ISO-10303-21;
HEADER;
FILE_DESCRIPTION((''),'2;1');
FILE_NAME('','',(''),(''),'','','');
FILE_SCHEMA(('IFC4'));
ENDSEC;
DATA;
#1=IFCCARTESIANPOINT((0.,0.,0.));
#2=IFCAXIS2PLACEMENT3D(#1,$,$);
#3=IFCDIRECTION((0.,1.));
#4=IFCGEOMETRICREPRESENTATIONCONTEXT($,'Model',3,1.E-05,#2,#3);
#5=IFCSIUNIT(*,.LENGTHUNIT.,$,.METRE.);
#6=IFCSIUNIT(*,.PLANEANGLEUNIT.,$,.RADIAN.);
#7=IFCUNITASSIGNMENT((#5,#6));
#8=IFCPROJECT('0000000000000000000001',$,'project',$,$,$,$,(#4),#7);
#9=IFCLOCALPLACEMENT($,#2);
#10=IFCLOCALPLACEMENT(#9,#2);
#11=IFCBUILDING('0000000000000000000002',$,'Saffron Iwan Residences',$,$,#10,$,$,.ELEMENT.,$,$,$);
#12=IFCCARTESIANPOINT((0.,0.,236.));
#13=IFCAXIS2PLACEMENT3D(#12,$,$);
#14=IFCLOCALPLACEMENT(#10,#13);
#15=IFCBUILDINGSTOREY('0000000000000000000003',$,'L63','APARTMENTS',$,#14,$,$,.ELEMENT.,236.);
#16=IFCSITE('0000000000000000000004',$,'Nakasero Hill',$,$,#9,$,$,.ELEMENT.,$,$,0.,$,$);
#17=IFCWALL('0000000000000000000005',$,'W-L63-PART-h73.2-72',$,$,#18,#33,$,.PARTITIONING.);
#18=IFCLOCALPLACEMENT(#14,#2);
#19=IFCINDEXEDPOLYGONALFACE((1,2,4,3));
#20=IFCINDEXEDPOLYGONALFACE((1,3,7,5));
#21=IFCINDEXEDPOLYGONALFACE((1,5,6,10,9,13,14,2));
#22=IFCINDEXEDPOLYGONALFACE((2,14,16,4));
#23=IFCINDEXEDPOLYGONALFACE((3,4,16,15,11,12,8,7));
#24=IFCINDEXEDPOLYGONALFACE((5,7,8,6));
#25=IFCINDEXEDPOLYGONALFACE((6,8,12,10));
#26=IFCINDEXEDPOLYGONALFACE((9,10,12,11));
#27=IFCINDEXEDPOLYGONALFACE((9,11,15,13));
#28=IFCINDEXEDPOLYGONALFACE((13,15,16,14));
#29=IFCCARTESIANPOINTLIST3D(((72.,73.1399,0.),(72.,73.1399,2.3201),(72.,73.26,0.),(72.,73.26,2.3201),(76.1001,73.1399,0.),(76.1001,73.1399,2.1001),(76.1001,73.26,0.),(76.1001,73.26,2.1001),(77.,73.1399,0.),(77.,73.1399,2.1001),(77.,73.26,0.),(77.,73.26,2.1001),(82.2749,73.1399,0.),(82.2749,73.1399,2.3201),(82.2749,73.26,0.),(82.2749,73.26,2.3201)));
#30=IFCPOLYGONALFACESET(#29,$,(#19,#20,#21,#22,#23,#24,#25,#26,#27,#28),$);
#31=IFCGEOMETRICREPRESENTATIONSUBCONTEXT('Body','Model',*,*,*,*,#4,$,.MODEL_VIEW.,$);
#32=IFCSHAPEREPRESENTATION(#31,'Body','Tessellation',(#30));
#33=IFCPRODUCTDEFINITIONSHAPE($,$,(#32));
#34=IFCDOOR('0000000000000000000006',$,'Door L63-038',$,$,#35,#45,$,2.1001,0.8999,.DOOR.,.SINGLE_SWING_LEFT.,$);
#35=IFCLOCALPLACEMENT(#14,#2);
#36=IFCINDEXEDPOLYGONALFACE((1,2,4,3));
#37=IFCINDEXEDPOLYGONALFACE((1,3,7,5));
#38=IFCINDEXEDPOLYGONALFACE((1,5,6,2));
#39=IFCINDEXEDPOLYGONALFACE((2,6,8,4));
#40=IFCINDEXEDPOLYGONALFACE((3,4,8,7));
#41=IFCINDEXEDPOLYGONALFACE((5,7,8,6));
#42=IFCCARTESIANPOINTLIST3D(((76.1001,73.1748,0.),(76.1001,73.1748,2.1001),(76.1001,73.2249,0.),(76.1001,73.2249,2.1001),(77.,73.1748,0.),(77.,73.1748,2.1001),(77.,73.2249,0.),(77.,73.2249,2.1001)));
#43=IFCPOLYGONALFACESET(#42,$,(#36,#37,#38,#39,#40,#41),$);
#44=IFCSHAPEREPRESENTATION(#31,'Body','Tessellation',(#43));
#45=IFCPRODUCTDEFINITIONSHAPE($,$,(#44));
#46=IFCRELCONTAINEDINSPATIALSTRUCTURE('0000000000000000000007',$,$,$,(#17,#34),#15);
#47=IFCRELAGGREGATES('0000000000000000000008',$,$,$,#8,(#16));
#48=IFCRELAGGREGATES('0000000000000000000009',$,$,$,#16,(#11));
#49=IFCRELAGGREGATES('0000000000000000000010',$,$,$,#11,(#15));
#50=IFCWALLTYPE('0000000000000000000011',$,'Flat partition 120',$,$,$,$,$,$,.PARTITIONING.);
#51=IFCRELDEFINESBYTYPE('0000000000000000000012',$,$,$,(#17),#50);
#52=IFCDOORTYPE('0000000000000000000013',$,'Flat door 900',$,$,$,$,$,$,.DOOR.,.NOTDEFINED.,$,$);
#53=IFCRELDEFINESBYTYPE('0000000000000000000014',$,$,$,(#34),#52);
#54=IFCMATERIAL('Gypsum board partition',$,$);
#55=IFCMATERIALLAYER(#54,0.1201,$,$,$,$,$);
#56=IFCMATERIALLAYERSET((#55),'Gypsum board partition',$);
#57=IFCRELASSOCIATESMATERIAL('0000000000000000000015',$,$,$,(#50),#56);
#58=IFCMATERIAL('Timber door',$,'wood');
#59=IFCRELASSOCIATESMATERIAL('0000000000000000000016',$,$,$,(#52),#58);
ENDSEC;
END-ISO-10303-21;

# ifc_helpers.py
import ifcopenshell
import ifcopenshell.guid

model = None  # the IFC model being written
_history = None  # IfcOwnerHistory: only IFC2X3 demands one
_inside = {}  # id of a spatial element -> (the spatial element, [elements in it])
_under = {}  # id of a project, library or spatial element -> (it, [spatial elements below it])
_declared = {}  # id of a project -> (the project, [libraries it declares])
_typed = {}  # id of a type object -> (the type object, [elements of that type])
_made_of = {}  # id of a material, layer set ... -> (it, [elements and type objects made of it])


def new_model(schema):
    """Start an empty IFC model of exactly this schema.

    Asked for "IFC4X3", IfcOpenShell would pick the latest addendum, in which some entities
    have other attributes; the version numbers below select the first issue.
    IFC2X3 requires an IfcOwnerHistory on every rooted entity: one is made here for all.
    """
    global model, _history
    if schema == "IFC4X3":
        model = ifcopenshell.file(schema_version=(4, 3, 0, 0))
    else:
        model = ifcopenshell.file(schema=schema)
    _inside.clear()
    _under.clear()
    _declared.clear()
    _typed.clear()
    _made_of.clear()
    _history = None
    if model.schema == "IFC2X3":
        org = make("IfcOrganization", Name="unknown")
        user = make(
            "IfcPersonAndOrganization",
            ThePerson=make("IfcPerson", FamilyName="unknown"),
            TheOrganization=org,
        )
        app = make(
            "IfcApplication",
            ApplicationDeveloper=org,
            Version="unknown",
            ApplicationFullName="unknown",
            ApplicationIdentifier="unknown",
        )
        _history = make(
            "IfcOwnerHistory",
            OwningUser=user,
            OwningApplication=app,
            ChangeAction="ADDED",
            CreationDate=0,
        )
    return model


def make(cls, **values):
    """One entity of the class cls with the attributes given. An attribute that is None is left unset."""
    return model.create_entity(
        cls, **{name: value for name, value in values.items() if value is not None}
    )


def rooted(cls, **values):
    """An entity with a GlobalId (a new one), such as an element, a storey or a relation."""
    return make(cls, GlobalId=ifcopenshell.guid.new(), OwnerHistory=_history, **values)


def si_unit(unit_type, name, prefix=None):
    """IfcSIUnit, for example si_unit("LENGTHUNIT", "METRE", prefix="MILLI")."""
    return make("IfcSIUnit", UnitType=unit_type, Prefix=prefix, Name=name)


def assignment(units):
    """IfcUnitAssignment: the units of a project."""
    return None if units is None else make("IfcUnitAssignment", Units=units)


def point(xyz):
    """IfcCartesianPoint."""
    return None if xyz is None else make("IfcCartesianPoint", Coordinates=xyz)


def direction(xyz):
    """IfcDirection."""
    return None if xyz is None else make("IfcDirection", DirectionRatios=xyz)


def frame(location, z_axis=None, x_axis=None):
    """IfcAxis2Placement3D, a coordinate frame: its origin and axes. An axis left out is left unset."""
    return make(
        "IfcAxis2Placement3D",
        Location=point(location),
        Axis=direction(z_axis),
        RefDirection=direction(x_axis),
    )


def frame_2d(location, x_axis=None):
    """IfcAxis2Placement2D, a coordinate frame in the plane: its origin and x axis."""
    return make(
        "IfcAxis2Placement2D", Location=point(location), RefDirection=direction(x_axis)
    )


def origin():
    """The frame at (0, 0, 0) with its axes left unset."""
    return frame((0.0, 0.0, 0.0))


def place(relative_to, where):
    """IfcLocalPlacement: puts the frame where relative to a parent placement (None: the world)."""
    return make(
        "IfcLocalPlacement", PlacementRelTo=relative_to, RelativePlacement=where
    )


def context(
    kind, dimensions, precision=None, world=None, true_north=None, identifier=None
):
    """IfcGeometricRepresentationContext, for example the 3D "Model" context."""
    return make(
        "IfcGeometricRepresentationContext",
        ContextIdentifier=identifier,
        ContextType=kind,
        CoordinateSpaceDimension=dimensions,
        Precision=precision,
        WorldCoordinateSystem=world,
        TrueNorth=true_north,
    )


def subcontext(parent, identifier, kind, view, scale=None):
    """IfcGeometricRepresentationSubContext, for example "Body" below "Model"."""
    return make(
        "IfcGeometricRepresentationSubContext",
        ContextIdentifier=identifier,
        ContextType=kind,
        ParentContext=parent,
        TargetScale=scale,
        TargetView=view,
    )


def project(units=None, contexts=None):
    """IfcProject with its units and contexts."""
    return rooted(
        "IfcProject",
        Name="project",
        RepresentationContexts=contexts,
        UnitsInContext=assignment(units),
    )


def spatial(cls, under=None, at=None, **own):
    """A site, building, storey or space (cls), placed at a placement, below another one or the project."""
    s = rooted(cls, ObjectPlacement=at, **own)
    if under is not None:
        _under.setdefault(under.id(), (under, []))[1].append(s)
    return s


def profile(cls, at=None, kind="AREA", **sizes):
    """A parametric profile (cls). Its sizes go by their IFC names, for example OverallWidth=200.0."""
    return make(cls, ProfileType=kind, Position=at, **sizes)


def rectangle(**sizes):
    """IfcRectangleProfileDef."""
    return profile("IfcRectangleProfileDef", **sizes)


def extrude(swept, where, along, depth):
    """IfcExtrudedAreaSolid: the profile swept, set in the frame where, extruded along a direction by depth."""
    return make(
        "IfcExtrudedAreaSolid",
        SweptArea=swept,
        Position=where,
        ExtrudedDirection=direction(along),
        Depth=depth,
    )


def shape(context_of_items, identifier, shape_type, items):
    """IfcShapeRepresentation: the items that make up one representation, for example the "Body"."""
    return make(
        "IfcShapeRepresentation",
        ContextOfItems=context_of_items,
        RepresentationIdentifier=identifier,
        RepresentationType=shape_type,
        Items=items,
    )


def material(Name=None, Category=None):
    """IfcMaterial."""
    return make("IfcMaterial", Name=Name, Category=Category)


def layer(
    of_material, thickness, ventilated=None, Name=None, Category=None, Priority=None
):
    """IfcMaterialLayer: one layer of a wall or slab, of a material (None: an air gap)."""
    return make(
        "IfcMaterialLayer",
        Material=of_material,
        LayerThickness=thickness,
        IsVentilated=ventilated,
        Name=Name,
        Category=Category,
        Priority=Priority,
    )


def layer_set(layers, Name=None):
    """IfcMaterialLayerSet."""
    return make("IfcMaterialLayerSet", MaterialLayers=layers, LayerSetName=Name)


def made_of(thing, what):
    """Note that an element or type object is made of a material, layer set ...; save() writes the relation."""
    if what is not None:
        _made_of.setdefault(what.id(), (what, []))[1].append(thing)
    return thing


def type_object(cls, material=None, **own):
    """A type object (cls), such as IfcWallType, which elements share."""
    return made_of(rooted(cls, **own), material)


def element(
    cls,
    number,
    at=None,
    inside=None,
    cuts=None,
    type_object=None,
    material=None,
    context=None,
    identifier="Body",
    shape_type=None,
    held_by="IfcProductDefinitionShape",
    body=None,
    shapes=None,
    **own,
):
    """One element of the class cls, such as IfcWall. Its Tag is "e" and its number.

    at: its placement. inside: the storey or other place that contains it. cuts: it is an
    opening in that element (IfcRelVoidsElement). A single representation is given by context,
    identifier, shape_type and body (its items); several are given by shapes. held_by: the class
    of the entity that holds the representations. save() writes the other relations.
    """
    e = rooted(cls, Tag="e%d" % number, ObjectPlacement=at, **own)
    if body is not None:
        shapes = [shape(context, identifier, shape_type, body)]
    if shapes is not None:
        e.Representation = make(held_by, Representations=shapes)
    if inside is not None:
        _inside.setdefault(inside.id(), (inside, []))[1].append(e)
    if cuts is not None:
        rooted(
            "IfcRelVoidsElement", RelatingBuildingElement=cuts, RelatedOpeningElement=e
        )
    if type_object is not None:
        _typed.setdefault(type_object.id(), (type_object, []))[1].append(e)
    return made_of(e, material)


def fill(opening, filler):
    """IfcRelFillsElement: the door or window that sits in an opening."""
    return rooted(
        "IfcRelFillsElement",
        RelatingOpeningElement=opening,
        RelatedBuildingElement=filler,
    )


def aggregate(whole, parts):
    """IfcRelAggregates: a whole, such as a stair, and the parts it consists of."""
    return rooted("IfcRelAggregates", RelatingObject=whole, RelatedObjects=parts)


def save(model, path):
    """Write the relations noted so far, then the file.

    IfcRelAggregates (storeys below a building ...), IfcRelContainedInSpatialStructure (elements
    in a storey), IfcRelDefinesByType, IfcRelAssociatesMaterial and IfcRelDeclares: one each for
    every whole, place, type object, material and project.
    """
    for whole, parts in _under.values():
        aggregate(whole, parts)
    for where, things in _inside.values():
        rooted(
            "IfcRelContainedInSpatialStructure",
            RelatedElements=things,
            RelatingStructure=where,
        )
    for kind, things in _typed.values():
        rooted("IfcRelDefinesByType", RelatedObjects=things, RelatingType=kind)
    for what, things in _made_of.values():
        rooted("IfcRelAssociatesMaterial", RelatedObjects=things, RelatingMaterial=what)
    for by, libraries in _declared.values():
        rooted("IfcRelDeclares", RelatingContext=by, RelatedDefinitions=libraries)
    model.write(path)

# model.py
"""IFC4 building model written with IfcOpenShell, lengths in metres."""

from ifc_helpers import new_model, si_unit, direction, frame, frame_2d, origin, place, context, subcontext, project, spatial, rectangle, extrude, material, layer, layer_set, type_object, element, fill, save


model = new_model("IFC4")

# Units and contexts
model_context = context("Model", 3, precision=1e-05, world=origin(), true_north=direction((0.0, 1.0)))
body_context = subcontext(model_context, "Body", "Model", "MODEL_VIEW")
ifc_project = project(units=[si_unit("LENGTHUNIT", "METRE"), si_unit("PLANEANGLEUNIT", "RADIAN")], contexts=[model_context])

# Site, building, storey
site_placement = place(None, origin())
site = spatial("IfcSite", under=ifc_project, at=site_placement, Name="Nakasero Hill", CompositionType="ELEMENT", RefElevation=0.0)
building_placement = place(site_placement, origin())
building = spatial("IfcBuilding", under=site, at=building_placement, Name="Saffron Iwan Residences", CompositionType="ELEMENT")
storey_placement = place(building_placement, frame((0.0, 0.0, 236.0)))
storey = spatial("IfcBuildingStorey", under=building, at=storey_placement, Name="L63", Description="APARTMENTS", CompositionType="ELEMENT", Elevation=236.0)

# Wall, opening, door
ifc_material_1 = material(Name="Gypsum board partition")
ifc_layer_1 = layer(ifc_material_1, 0.1201)
ifc_layer_set_1 = layer_set([ifc_layer_1], Name="Gypsum board partition")
wall_type_1 = type_object("IfcWallType", Name="Flat partition 120", PredefinedType="PARTITIONING", material=ifc_layer_set_1)
wall_1_placement = place(storey_placement, frame((72.0, 73.2, 0.0), z_axis=(0.0, 0.0, 1.0), x_axis=(1.0, 0.0, 0.0)))
wall_1 = element("IfcWall", 1, at=wall_1_placement, inside=storey, type_object=wall_type_1, Name="W-L63-PART-h73.2-72", PredefinedType="PARTITIONING", context=body_context, shape_type="SweptSolid", body=[
    extrude(rectangle(XDim=10.2749, YDim=0.1201, at=frame_2d((5.1375, 0.0))), origin(), (0.0, 0.0, 1.0), 2.3201),
])
opening_1_placement = place(wall_1_placement, frame((4.1001, 0.0, 0.0)))
opening_1 = element("IfcOpeningElement", 2, at=opening_1_placement, cuts=wall_1, PredefinedType="OPENING", context=body_context, shape_type="SweptSolid", body=[
    extrude(rectangle(XDim=0.8999, YDim=2.1001, at=frame_2d((0.45, 1.05))), frame((0.0, 0.0701, 0.0), z_axis=(0.0, -1.0, 0.0), x_axis=(1.0, 0.0, 0.0)), (0.0, 0.0, 1.0), 0.1401),
])
ifc_material_2 = material(Name="Timber door", Category="wood")
door_type_1 = type_object("IfcDoorType", Name="Flat door 900", OperationType="NOTDEFINED", PredefinedType="DOOR", material=ifc_material_2)
door_1_placement = place(opening_1_placement, origin())
door_1 = element("IfcDoor", 3, at=door_1_placement, inside=storey, type_object=door_type_1, Name="Door L63-038", OperationType="SINGLE_SWING_LEFT", OverallHeight=2.1001, OverallWidth=0.8999, PredefinedType="DOOR", context=body_context, shape_type="SweptSolid", body=[
    extrude(rectangle(XDim=0.8999, YDim=2.1001, at=frame_2d((0.45, 1.05))), frame((0.0, 0.0249, 0.0), z_axis=(0.0, -1.0, 0.0), x_axis=(1.0, 0.0, 0.0)), (0.0, 0.0, 1.0), 0.05),
])
fill(opening_1, door_1)

save(model, "model.ifc")
